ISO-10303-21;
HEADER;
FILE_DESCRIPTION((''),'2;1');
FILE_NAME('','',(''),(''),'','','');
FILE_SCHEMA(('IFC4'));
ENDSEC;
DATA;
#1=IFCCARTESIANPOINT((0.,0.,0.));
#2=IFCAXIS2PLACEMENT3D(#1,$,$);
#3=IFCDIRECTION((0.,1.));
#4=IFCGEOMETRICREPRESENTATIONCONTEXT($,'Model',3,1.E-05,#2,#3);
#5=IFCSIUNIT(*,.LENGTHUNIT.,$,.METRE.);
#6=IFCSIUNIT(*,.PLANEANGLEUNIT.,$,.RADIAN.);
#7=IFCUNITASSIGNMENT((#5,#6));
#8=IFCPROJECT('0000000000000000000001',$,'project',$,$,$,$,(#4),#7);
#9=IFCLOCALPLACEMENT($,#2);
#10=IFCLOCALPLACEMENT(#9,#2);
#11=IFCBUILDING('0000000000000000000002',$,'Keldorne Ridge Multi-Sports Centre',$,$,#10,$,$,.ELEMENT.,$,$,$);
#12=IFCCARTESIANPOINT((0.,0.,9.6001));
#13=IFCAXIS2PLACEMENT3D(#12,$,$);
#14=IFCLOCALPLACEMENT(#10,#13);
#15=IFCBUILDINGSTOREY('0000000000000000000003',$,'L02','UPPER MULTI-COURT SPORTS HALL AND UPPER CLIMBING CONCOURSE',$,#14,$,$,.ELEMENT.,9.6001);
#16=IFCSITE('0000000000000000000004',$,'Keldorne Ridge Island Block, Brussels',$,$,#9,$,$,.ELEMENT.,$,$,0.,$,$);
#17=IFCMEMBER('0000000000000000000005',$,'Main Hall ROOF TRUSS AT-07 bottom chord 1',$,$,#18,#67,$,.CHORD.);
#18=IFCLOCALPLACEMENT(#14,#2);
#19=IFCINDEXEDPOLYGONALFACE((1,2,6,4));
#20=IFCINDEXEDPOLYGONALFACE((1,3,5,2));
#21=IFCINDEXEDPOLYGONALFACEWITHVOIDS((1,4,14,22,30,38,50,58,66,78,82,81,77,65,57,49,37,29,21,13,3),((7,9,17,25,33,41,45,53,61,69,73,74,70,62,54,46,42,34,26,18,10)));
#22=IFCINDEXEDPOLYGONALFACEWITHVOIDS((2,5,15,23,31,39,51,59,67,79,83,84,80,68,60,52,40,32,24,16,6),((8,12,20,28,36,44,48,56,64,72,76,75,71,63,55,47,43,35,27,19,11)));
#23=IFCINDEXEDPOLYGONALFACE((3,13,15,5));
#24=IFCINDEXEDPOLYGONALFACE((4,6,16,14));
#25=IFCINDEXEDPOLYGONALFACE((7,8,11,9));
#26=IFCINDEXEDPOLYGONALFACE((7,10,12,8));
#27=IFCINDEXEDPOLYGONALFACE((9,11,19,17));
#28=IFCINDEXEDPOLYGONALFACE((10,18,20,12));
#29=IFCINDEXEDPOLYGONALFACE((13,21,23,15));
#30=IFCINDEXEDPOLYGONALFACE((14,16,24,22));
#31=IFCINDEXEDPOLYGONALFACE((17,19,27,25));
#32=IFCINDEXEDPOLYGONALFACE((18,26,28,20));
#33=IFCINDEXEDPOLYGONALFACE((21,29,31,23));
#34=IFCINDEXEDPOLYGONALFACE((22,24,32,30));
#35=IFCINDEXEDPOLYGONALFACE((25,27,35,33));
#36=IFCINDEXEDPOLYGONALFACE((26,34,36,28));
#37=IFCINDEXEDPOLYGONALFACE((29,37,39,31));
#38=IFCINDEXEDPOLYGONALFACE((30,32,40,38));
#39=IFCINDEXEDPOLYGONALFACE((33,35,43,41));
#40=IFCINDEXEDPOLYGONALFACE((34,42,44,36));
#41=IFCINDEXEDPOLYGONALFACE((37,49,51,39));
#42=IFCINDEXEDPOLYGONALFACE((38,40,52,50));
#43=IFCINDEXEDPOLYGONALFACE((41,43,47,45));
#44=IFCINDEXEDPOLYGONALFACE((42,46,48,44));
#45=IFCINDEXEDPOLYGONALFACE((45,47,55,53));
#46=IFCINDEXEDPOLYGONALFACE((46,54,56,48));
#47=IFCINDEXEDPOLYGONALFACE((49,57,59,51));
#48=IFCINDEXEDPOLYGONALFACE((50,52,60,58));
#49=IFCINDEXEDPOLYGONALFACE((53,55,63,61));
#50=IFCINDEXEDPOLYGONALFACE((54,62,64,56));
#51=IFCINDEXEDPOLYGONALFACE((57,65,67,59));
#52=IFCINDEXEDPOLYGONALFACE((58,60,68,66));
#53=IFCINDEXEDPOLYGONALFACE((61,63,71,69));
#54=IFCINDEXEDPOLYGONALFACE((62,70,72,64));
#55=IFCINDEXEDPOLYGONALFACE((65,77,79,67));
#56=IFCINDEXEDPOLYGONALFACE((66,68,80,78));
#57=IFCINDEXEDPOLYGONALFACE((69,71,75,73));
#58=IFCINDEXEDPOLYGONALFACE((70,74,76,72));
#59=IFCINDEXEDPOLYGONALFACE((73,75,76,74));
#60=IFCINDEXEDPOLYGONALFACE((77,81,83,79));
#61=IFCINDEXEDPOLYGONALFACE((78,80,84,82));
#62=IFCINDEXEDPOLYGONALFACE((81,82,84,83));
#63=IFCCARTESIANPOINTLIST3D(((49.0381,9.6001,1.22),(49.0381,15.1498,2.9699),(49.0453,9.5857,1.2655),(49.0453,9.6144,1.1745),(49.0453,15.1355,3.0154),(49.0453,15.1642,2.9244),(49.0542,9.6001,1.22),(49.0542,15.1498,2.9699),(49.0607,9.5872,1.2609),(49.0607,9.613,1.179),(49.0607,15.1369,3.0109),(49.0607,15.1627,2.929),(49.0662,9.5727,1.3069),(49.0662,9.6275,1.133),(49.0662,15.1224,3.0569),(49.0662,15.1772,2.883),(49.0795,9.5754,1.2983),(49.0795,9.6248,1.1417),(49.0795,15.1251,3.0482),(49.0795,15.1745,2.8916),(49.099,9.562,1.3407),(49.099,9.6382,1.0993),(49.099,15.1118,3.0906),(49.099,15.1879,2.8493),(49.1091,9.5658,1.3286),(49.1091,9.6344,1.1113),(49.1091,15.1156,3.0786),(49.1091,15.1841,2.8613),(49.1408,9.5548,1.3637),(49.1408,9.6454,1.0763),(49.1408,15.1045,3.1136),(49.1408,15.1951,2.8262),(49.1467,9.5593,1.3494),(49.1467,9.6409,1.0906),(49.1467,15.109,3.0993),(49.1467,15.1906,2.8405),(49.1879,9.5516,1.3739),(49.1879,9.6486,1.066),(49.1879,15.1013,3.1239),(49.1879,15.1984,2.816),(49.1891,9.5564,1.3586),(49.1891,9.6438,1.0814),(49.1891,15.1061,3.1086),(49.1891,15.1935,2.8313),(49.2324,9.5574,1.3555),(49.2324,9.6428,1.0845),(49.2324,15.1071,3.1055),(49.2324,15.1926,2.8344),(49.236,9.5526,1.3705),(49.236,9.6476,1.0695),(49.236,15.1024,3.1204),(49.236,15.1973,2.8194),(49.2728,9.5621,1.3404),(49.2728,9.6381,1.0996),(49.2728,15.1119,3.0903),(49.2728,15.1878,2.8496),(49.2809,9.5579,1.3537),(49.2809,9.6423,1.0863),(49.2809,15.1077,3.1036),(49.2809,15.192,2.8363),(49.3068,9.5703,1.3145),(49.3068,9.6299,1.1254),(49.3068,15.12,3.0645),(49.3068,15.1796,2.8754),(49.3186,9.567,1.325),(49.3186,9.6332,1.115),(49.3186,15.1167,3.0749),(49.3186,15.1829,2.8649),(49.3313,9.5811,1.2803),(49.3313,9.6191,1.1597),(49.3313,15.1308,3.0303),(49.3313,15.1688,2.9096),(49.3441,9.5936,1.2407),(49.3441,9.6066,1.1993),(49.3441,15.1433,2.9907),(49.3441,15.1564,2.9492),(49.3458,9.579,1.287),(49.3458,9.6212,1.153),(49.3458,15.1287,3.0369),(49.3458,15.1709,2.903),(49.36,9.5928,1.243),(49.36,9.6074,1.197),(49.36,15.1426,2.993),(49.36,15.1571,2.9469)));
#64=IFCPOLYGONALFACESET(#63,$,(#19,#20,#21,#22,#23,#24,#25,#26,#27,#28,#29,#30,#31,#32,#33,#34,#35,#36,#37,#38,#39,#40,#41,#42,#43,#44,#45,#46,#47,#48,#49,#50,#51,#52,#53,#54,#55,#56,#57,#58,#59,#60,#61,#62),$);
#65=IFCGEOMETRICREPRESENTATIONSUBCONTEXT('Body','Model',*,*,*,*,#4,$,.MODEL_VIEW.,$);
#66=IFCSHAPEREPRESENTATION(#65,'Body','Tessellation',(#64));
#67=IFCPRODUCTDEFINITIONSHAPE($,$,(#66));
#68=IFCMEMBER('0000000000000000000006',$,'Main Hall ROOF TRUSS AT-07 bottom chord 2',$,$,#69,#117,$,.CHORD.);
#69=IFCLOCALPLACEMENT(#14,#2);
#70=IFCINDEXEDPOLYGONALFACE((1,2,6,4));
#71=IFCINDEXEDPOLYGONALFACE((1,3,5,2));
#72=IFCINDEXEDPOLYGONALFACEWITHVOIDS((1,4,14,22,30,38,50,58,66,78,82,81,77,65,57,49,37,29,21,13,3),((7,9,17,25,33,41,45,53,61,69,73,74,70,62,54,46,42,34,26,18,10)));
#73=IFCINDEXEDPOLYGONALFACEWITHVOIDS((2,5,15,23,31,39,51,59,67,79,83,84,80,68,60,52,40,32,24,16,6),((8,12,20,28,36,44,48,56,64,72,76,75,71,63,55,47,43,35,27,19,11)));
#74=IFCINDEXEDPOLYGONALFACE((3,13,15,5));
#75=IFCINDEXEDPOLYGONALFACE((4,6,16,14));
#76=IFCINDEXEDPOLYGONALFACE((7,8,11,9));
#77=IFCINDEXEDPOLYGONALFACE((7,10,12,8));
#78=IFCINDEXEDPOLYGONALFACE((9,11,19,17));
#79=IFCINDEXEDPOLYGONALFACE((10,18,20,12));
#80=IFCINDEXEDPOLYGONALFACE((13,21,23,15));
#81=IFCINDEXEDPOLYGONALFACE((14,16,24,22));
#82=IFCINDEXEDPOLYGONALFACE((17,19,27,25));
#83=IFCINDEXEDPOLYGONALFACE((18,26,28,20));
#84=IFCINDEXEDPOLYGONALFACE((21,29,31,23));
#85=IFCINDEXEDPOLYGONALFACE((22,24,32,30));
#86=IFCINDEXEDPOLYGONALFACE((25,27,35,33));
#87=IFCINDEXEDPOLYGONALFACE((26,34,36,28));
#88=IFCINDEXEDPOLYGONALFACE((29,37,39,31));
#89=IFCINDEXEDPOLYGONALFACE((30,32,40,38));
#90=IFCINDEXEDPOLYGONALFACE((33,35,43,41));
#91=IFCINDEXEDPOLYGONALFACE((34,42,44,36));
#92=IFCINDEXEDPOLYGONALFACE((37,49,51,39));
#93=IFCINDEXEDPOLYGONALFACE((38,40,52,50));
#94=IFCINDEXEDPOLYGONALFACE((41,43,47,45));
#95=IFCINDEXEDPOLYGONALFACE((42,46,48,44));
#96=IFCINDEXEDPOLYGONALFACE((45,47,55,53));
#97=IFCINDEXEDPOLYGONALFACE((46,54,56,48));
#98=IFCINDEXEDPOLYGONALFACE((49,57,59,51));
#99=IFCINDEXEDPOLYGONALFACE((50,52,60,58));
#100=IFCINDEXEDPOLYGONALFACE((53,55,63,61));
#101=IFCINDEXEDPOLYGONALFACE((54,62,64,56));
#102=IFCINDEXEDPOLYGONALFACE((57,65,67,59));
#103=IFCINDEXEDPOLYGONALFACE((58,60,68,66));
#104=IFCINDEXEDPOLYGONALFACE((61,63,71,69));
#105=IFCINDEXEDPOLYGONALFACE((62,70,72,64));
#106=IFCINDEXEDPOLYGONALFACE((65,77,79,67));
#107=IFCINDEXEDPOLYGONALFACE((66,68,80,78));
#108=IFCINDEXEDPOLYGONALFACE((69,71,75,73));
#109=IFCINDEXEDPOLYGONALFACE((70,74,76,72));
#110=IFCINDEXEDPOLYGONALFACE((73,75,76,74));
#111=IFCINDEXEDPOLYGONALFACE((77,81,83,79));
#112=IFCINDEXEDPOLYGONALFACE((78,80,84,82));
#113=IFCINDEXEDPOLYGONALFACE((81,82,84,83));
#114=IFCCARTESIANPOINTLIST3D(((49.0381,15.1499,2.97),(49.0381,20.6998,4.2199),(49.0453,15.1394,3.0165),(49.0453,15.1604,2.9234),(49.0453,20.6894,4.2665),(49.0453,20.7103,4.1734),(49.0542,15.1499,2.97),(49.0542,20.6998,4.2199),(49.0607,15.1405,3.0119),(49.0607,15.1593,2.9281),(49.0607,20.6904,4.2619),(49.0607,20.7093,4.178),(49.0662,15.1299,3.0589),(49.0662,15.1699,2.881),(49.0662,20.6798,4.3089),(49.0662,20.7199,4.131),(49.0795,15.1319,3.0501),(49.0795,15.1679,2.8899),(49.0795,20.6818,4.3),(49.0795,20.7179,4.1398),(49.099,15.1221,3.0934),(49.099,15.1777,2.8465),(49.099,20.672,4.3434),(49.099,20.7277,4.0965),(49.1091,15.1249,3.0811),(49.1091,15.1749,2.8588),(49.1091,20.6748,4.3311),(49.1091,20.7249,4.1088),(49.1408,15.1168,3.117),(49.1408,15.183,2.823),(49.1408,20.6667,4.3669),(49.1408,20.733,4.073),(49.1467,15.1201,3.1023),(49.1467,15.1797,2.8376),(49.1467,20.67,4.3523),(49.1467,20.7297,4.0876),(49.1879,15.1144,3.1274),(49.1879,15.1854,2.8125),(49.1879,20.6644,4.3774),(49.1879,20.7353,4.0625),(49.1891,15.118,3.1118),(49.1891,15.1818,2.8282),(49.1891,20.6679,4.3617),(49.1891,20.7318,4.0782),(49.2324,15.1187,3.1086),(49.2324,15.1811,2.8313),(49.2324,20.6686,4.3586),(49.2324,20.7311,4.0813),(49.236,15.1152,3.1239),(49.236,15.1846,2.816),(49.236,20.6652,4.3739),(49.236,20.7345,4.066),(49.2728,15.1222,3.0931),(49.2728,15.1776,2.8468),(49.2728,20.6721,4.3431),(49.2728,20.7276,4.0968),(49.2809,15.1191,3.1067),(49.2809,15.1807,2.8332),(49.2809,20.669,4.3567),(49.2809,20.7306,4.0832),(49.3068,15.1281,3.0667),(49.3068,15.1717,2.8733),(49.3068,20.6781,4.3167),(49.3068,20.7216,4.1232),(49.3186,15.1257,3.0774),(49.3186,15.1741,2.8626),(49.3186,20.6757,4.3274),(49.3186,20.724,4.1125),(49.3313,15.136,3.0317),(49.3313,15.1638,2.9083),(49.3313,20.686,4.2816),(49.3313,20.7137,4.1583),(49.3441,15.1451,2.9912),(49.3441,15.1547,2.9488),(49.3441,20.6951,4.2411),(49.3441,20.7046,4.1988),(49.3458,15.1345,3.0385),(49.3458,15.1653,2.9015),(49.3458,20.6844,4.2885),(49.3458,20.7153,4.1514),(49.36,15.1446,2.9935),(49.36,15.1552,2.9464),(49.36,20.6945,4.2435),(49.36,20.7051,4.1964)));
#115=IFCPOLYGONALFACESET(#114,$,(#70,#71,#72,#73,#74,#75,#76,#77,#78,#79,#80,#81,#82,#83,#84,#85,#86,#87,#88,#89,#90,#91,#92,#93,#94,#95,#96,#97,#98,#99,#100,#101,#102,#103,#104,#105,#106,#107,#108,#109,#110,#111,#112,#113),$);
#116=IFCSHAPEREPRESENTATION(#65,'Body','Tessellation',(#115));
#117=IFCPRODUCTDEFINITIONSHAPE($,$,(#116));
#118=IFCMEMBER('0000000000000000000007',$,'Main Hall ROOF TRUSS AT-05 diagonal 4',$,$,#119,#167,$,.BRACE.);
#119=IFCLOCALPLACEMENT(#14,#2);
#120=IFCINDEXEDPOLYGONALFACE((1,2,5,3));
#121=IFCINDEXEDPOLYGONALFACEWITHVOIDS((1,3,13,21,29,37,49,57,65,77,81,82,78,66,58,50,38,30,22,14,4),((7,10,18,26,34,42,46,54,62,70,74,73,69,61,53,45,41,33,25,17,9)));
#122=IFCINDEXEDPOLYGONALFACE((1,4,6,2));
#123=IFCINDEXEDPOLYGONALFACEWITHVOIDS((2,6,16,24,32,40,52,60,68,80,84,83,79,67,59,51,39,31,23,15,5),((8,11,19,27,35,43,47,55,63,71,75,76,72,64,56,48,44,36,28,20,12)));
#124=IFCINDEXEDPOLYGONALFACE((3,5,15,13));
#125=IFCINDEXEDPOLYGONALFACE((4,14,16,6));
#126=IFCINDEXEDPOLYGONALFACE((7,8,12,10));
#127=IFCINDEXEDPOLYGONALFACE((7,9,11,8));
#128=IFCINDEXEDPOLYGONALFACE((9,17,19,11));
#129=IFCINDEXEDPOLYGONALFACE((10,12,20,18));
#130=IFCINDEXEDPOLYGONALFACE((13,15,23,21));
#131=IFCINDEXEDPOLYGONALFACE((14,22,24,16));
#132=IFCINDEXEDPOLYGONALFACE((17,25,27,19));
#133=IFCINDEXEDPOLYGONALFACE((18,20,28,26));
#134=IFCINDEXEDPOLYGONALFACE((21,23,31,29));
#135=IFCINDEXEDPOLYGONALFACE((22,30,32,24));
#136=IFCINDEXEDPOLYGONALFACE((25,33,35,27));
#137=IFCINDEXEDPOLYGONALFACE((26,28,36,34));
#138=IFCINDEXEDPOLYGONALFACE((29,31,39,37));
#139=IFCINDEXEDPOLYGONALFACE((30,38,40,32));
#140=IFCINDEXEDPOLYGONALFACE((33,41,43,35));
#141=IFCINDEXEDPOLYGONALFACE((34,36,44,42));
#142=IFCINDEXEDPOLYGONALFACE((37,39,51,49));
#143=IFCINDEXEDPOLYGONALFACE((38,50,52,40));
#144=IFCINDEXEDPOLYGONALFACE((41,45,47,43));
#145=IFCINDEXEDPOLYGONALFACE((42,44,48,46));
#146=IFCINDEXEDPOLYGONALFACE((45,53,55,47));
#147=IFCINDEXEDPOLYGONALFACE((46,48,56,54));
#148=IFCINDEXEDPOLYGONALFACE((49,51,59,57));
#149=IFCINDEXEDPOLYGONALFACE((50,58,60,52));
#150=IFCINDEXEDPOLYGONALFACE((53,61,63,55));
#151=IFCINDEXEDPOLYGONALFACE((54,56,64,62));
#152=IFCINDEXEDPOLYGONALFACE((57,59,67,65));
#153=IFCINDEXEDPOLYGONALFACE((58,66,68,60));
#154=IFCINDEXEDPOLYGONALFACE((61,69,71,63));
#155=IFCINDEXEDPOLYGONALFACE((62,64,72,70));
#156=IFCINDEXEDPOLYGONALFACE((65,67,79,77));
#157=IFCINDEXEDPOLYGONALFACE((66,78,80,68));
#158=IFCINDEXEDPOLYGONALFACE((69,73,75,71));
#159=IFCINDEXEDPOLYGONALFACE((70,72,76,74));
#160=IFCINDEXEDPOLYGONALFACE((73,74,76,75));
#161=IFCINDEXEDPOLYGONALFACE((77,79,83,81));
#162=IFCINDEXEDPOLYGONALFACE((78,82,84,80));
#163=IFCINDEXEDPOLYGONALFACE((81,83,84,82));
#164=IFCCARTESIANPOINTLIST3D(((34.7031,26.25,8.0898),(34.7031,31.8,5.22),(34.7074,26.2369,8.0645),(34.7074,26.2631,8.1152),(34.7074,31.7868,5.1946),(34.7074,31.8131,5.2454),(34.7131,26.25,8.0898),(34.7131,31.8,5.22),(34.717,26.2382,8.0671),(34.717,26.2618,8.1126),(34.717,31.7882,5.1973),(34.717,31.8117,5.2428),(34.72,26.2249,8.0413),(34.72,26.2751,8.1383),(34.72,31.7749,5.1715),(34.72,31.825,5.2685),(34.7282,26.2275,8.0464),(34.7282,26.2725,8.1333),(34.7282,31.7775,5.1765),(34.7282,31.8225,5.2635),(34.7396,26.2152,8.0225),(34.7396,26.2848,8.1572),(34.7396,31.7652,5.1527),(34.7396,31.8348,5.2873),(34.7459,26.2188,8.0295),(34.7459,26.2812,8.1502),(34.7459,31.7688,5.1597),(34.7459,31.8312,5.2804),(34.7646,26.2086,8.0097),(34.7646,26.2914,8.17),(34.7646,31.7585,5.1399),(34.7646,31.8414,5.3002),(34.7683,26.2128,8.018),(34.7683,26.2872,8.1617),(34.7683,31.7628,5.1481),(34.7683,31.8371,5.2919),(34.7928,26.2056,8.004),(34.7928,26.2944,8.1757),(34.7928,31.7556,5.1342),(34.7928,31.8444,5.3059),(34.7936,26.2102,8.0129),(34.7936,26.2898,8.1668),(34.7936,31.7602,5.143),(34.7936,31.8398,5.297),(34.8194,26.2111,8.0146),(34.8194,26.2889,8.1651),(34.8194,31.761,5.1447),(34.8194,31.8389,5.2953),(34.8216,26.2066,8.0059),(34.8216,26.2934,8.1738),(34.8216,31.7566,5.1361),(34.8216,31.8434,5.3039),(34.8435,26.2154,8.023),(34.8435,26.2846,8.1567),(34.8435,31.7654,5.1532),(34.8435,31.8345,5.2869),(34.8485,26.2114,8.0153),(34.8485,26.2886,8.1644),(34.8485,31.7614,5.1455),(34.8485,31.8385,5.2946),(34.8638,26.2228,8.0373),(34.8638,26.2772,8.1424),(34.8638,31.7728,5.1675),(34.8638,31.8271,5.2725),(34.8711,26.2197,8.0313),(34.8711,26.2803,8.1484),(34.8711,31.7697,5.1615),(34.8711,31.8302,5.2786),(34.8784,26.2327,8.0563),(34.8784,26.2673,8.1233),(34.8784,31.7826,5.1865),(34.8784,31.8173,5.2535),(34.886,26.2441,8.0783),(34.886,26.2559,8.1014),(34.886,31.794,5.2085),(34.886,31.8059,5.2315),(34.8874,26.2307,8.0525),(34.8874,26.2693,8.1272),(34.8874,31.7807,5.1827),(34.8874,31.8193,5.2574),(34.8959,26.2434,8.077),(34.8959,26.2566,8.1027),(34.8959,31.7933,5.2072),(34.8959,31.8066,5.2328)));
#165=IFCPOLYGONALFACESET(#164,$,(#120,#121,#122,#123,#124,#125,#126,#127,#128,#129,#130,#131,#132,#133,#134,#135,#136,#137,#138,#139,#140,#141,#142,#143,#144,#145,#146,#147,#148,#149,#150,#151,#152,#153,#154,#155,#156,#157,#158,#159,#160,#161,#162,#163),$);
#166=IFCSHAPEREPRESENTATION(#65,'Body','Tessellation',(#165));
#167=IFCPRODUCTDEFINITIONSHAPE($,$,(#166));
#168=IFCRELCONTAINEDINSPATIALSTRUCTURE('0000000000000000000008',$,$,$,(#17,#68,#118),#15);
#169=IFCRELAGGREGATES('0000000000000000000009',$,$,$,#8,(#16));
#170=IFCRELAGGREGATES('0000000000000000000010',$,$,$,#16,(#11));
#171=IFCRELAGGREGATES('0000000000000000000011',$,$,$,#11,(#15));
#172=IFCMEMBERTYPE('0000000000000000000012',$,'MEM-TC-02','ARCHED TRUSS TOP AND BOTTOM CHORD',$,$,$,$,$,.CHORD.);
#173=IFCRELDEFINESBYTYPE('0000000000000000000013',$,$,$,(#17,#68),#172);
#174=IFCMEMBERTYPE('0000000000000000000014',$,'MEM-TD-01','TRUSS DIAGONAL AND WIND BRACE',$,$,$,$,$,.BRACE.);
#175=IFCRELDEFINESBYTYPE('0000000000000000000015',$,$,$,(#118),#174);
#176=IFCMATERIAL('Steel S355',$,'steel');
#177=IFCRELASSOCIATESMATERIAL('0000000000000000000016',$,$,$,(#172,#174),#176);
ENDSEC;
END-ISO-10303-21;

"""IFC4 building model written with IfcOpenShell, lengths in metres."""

from ifc_helpers import new_model, si_unit, direction, frame, origin, origin_2d, place, context, subcontext, project, spatial, hollow_circle, extrude, material, material_profile, profile_set, type_object, element, save


model = new_model("IFC4")

# Units and contexts
model_context = context("Model", 3, precision=1e-05, world=origin(), true_north=direction((0.0, 1.0)))
body_context = subcontext(model_context, "Body", "Model", "MODEL_VIEW")
ifc_project = project(units=[si_unit("LENGTHUNIT", "METRE"), si_unit("PLANEANGLEUNIT", "RADIAN")], contexts=[model_context])

# Site, building, storey
site_placement = place(None, origin())
site = spatial("IfcSite", under=ifc_project, at=site_placement, Name="Keldorne Ridge Island Block, Brussels", CompositionType="ELEMENT", RefElevation=0.0)
building_placement = place(site_placement, origin())
building = spatial("IfcBuilding", under=site, at=building_placement, Name="Keldorne Ridge Multi-Sports Centre", CompositionType="ELEMENT")
storey_placement = place(building_placement, frame((0.0, 0.0, 9.6001)))
storey = spatial("IfcBuildingStorey", under=building, at=storey_placement, Name="L02", Description="UPPER MULTI-COURT SPORTS HALL AND UPPER CLIMBING CONCOURSE", CompositionType="ELEMENT", Elevation=9.6001)

# Shared definitions
ifc_material = material(Name="Steel S355", Category="steel")

# Members
ifc_material_profile_1 = material_profile(ifc_material, hollow_circle(Radius=0.1619, WallThickness=0.0161, at=origin_2d()), Name="CHS 323.9x16")
ifc_profile_set_1 = profile_set([ifc_material_profile_1], Name="Steel S355")
member_type_1 = type_object("IfcMemberType", Name="MEM-TC-02", Description="ARCHED TRUSS TOP AND BOTTOM CHORD", PredefinedType="CHORD", material=ifc_profile_set_1)
member_1_placement = place(storey_placement, frame((49.2, 9.6001, 1.22), z_axis=(0.0, 0.953709, 0.30073), x_axis=(-1.0, 0.0, 0.0)))
element("IfcMember", 1, at=member_1_placement, inside=storey, type_object=member_type_1, Name="Main Hall ROOF TRUSS AT-07 bottom chord 1", PredefinedType="CHORD", context=body_context, shape_type="SweptSolid", body=[
    extrude(hollow_circle(Radius=0.1619, WallThickness=0.0161, at=origin_2d()), origin(), (0.0, 0.0, 1.0), 5.8191),
])
member_2_placement = place(storey_placement, frame((49.2, 15.1499, 2.97), z_axis=(0.0, 0.975563, 0.219719), x_axis=(-1.0, 0.0, 0.0)))
element("IfcMember", 2, at=member_2_placement, inside=storey, type_object=member_type_1, Name="Main Hall ROOF TRUSS AT-07 bottom chord 2", PredefinedType="CHORD", context=body_context, shape_type="SweptSolid", body=[
    extrude(hollow_circle(Radius=0.1619, WallThickness=0.0161, at=origin_2d()), origin(), (0.0, 0.0, 1.0), 5.689),
])
ifc_material_profile_2 = material_profile(ifc_material, hollow_circle(Radius=0.0969, WallThickness=0.01, at=origin_2d()), Name="CHS 193.7x10")
ifc_profile_set_2 = profile_set([ifc_material_profile_2], Name="Steel S355")
member_type_2 = type_object("IfcMemberType", Name="MEM-TD-01", Description="TRUSS DIAGONAL AND WIND BRACE", PredefinedType="BRACE", material=ifc_profile_set_2)
member_3_placement = place(storey_placement, frame((34.8, 26.25, 8.0898), z_axis=(0.0, 0.888273, -0.459317), x_axis=(-1.0, 0.0, 0.0)))
element("IfcMember", 3, at=member_3_placement, inside=storey, type_object=member_type_2, Name="Main Hall ROOF TRUSS AT-05 diagonal 4", PredefinedType="BRACE", context=body_context, shape_type="SweptSolid", body=[
    extrude(hollow_circle(Radius=0.0969, WallThickness=0.01, at=origin_2d()), origin(), (0.0, 0.0, 1.0), 6.248),
])

save(model, "model.ifc")
